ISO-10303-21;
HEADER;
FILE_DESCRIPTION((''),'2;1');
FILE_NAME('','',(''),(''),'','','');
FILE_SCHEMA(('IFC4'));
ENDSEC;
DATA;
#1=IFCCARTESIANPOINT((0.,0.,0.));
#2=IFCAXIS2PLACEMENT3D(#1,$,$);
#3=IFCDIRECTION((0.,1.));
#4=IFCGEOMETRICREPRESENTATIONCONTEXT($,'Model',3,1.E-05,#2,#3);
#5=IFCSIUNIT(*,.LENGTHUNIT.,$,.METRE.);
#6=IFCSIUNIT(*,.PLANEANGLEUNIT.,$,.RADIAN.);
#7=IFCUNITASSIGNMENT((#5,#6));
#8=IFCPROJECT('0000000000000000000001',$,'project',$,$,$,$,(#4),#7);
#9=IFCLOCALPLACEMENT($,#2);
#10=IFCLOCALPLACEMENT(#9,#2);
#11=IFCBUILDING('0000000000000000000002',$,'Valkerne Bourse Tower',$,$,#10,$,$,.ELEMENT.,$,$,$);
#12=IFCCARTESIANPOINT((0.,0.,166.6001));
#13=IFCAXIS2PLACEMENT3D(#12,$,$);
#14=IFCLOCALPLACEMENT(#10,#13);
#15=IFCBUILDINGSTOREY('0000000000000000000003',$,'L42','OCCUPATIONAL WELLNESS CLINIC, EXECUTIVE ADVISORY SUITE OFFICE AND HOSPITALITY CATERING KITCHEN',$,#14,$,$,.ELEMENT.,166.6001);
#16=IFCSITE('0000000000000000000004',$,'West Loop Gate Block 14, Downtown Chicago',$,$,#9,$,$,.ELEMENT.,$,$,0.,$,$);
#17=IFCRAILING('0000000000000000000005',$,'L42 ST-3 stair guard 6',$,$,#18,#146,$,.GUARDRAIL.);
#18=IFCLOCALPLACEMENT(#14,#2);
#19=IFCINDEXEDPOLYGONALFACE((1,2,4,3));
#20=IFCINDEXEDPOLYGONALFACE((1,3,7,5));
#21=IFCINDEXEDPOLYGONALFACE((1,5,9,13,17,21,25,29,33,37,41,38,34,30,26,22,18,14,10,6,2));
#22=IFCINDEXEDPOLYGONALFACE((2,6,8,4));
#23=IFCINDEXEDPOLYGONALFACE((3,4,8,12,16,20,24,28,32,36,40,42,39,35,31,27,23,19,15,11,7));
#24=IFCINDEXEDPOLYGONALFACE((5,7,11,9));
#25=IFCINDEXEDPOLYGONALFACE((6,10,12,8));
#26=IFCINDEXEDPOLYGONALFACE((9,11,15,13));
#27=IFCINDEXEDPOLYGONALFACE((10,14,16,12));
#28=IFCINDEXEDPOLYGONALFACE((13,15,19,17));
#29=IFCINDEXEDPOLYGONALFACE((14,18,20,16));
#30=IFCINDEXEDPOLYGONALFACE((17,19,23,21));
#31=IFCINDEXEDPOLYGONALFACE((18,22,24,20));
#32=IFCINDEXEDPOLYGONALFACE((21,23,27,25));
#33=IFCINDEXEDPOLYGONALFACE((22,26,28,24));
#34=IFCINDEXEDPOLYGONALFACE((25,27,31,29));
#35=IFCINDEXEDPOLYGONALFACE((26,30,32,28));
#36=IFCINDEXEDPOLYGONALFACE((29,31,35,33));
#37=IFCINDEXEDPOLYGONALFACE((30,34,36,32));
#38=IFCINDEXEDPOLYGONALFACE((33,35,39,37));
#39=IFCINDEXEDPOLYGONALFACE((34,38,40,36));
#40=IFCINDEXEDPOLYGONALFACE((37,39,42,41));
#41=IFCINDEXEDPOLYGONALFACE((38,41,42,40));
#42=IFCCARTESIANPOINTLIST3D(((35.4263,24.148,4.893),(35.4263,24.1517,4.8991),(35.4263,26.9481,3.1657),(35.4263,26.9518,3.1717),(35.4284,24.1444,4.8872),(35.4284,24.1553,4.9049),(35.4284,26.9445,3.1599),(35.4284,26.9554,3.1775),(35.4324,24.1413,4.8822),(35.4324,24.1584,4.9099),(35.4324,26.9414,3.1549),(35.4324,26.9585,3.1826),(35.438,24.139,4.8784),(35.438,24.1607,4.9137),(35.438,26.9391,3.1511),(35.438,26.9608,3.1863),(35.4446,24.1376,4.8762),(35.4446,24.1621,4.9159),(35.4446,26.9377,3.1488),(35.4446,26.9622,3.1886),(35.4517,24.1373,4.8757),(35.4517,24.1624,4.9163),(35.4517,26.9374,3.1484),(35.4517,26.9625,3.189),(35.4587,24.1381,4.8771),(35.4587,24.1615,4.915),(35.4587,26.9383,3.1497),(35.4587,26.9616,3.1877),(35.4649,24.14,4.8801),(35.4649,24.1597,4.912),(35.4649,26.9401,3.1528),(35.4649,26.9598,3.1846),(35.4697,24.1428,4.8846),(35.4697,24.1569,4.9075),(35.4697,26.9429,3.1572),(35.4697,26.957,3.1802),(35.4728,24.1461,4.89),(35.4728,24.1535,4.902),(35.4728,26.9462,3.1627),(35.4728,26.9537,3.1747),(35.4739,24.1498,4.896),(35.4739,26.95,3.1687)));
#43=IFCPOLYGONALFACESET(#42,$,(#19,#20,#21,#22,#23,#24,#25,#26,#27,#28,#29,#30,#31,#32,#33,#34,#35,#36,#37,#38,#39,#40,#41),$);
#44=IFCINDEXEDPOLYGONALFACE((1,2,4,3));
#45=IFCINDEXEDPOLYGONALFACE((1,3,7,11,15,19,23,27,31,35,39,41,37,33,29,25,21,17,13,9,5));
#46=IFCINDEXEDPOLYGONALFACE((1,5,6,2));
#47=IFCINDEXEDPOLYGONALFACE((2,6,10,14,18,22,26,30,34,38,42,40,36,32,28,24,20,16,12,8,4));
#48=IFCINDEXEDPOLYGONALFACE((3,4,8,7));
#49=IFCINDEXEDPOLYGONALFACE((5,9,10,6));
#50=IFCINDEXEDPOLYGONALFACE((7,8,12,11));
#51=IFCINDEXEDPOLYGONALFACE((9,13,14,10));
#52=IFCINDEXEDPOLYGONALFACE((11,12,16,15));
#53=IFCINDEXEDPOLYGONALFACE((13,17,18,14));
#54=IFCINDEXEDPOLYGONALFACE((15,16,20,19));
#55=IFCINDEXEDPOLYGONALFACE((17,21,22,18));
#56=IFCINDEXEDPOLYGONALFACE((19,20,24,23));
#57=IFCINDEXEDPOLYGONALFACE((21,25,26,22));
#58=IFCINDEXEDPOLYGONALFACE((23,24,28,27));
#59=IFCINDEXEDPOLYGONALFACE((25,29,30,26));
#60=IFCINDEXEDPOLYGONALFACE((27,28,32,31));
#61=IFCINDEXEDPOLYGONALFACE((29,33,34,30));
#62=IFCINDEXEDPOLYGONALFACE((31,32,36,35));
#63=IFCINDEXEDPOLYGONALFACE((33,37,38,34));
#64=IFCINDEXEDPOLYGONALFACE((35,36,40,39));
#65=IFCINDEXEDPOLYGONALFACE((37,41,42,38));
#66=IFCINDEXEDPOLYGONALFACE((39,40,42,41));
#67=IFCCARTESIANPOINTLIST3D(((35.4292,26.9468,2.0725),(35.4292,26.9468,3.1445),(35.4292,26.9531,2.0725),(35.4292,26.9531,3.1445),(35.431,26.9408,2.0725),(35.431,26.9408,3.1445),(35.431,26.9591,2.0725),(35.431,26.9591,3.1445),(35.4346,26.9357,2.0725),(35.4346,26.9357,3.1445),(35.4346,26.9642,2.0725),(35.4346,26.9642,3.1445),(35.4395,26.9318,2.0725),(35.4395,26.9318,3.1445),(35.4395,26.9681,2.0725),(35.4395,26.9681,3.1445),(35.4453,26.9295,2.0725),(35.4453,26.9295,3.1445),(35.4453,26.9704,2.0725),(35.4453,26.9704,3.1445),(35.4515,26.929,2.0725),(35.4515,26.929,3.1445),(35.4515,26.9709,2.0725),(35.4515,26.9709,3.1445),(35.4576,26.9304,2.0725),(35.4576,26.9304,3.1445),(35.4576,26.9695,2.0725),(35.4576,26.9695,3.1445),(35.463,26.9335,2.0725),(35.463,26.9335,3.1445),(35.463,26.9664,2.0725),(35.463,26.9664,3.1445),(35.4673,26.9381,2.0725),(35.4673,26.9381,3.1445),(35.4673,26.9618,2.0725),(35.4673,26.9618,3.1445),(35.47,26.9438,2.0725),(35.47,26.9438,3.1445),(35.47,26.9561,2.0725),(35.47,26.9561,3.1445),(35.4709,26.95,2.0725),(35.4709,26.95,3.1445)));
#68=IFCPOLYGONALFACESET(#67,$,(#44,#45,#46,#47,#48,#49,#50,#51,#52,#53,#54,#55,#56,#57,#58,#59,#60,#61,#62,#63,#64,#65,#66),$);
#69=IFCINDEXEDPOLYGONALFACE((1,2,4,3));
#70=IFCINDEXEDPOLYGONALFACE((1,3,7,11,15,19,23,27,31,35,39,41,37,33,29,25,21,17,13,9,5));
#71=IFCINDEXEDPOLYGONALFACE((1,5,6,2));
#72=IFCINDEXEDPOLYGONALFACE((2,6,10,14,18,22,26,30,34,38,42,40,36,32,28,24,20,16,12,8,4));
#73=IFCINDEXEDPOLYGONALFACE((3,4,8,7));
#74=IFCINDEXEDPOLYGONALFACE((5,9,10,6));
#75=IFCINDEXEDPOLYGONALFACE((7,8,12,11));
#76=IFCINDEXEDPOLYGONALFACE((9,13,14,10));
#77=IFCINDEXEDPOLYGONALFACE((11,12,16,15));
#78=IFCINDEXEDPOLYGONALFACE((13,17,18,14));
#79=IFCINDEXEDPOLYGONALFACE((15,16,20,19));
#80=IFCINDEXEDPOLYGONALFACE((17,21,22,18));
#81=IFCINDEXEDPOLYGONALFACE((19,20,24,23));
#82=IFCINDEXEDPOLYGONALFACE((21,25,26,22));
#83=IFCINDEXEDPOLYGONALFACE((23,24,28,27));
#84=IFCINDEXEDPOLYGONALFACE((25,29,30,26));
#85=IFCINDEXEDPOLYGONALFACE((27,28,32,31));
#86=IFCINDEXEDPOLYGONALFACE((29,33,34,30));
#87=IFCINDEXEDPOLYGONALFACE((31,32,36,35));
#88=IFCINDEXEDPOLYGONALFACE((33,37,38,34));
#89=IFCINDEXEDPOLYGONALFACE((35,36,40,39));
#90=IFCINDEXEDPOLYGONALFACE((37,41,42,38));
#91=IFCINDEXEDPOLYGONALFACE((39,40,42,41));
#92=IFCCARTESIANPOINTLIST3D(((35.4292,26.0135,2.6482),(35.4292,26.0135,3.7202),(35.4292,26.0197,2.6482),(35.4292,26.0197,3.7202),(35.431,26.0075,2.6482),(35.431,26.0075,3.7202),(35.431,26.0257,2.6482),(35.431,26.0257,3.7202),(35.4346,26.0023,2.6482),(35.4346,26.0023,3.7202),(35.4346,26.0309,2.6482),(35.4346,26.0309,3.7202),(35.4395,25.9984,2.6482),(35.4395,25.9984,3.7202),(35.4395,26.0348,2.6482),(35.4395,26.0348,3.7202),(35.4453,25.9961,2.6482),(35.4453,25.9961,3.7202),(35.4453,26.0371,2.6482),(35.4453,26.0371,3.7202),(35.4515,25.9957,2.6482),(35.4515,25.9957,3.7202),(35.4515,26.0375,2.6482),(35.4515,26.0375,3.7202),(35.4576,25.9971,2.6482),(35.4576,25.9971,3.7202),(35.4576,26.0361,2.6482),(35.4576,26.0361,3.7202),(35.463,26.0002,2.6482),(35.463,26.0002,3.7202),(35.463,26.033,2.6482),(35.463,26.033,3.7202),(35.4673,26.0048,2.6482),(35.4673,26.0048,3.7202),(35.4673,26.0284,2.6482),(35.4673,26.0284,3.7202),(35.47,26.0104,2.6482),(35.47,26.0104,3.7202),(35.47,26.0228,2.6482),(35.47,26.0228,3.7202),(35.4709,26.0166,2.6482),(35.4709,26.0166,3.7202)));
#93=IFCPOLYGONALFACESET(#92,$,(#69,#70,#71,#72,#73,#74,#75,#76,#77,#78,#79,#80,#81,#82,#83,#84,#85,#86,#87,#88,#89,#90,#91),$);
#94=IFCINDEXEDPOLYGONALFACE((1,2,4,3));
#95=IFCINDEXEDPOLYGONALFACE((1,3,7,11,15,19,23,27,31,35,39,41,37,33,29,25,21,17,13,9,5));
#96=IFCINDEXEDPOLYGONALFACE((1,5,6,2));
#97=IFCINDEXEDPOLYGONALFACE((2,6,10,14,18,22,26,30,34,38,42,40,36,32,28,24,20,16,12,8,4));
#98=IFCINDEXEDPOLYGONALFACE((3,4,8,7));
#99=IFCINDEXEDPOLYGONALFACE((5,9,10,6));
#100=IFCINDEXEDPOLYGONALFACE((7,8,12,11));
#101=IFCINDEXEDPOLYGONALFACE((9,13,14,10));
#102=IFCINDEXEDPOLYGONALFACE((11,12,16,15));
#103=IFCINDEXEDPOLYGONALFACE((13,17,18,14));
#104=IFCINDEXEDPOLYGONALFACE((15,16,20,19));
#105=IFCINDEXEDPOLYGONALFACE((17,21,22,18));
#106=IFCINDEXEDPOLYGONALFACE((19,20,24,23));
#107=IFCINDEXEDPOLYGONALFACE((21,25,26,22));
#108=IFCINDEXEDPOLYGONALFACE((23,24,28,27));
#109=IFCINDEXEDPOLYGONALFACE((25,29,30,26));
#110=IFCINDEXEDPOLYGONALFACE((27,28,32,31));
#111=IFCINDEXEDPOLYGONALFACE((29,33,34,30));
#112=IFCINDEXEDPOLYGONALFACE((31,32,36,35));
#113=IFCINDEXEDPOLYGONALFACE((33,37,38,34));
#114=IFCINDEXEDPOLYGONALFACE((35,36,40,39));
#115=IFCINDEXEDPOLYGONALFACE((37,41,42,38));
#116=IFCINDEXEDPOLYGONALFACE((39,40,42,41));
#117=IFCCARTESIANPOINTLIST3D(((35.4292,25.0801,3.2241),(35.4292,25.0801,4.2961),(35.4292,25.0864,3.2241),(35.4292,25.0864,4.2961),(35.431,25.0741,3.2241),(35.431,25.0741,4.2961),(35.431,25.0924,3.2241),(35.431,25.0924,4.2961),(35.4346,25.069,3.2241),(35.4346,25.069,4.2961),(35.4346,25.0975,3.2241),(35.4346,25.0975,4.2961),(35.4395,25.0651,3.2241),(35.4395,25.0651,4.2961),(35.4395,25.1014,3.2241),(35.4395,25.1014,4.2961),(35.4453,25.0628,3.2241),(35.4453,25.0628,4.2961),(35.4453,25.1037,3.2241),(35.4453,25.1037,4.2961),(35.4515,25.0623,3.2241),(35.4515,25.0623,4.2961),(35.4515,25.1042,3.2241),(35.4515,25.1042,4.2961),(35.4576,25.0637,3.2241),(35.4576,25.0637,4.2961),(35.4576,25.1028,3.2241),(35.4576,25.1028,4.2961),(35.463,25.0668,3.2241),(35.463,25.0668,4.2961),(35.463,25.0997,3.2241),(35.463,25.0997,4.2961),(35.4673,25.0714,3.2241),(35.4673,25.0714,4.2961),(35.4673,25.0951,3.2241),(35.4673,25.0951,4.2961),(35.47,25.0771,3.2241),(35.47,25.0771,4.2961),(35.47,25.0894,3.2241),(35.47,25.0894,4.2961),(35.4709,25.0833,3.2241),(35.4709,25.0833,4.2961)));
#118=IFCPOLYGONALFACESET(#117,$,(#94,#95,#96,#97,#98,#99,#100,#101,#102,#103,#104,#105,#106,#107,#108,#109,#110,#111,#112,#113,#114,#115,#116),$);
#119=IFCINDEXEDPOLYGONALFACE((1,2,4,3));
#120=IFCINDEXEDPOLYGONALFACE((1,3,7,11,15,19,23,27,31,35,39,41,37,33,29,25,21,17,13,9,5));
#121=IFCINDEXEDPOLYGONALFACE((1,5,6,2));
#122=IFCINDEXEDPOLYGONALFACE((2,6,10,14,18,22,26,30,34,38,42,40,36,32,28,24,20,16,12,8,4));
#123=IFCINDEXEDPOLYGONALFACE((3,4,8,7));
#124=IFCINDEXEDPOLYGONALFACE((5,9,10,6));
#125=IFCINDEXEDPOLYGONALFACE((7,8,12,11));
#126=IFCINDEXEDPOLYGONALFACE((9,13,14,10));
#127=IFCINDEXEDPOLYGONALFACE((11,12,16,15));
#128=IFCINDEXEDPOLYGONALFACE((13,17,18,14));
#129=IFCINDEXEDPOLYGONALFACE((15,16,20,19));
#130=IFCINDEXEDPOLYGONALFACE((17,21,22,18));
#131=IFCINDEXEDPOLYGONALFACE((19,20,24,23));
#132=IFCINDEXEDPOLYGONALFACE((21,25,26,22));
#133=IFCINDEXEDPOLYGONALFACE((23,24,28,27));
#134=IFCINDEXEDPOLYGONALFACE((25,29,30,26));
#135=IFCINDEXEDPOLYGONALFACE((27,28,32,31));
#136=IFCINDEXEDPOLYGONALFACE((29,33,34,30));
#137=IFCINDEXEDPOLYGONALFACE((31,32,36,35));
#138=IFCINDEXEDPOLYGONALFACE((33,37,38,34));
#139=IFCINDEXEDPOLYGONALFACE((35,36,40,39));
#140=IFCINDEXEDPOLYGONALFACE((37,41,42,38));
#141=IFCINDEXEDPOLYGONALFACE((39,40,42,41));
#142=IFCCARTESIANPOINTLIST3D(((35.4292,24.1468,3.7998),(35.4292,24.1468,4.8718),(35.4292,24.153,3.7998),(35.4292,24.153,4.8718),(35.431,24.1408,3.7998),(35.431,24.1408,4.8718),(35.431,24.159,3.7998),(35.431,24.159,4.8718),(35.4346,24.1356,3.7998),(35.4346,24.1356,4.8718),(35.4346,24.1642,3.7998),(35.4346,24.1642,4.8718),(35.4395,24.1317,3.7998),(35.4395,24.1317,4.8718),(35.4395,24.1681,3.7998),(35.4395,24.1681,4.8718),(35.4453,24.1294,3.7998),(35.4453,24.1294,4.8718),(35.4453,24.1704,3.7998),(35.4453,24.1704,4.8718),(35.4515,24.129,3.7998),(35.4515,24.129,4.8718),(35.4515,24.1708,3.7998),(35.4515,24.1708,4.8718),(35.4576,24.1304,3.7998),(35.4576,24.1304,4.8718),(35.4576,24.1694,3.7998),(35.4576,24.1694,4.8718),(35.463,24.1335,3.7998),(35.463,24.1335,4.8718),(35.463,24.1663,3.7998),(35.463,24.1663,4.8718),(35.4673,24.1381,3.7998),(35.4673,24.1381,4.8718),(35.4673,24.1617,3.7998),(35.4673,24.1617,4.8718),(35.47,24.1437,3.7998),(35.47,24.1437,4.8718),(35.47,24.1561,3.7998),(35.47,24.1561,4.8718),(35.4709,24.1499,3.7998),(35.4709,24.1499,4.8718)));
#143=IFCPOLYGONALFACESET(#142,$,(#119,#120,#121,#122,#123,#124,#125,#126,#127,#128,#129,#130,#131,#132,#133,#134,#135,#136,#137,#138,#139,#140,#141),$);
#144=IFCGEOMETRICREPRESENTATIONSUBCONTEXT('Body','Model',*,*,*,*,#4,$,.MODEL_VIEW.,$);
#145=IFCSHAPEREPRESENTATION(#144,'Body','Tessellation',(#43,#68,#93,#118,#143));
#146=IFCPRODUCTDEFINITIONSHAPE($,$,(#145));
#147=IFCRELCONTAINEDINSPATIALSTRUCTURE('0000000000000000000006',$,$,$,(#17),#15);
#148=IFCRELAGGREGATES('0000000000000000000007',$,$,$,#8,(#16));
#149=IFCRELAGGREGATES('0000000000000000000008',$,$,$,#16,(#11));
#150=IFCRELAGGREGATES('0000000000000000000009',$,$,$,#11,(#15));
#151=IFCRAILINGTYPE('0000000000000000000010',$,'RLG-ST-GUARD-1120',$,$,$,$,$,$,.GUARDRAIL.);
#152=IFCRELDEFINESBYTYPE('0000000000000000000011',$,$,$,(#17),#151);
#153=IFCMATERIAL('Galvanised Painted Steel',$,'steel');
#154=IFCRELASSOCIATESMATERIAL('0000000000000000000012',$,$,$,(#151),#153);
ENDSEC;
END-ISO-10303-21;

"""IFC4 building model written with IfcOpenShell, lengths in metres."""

from ifc_helpers import new_model, si_unit, direction, frame, origin, origin_2d, place, context, subcontext, project, spatial, circle, extrude, material, type_object, element, save


model = new_model("IFC4")

# Units and contexts
model_context = context("Model", 3, precision=1e-05, world=origin(), true_north=direction((0.0, 1.0)))
body_context = subcontext(model_context, "Body", "Model", "MODEL_VIEW")
ifc_project = project(units=[si_unit("LENGTHUNIT", "METRE"), si_unit("PLANEANGLEUNIT", "RADIAN")], contexts=[model_context])

# Site, building, storey
site_placement = place(None, origin())
site = spatial("IfcSite", under=ifc_project, at=site_placement, Name="West Loop Gate Block 14, Downtown Chicago", CompositionType="ELEMENT", RefElevation=0.0)
building_placement = place(site_placement, origin())
building = spatial("IfcBuilding", under=site, at=building_placement, Name="Valkerne Bourse Tower", CompositionType="ELEMENT")
storey_placement = place(building_placement, frame((0.0, 0.0, 166.6001)))
storey = spatial("IfcBuildingStorey", under=building, at=storey_placement, Name="L42", Description="OCCUPATIONAL WELLNESS CLINIC, EXECUTIVE ADVISORY SUITE OFFICE AND HOSPITALITY CATERING KITCHEN", CompositionType="ELEMENT", Elevation=166.6001)

# Railing
ifc_material_1 = material(Name="Galvanised Painted Steel", Category="steel")
railing_type_1 = type_object("IfcRailingType", Name="RLG-ST-GUARD-1120", PredefinedType="GUARDRAIL", material=ifc_material_1)
railing_1_placement = place(storey_placement, frame((35.45, 26.95, 2.0725)))
element("IfcRailing", 1, at=railing_1_placement, inside=storey, type_object=railing_type_1, Name="L42 ST-3 stair guard 6", PredefinedType="GUARDRAIL", context=body_context, shape_type="SweptSolid", body=[
    extrude(circle(Radius=0.0239, at=origin_2d()), frame((0.0, 0.0, 1.0962), z_axis=(0.0, -0.85109, 0.52502), x_axis=(1.0, 0.0, 0.0)), (0.0, 0.0, 1.0), 3.29),
    extrude(circle(Radius=0.021, at=origin_2d()), origin(), (0.0, 0.0, 1.0), 1.072),
    extrude(circle(Radius=0.021, at=origin_2d()), frame((0.0, -0.9333, 0.5757)), (0.0, 0.0, 1.0), 1.072),
    extrude(circle(Radius=0.021, at=origin_2d()), frame((0.0, -1.8667, 1.1516)), (0.0, 0.0, 1.0), 1.072),
    extrude(circle(Radius=0.021, at=origin_2d()), frame((0.0, -2.8, 1.7273)), (0.0, 0.0, 1.0), 1.072),
])

save(model, "model.ifc")
